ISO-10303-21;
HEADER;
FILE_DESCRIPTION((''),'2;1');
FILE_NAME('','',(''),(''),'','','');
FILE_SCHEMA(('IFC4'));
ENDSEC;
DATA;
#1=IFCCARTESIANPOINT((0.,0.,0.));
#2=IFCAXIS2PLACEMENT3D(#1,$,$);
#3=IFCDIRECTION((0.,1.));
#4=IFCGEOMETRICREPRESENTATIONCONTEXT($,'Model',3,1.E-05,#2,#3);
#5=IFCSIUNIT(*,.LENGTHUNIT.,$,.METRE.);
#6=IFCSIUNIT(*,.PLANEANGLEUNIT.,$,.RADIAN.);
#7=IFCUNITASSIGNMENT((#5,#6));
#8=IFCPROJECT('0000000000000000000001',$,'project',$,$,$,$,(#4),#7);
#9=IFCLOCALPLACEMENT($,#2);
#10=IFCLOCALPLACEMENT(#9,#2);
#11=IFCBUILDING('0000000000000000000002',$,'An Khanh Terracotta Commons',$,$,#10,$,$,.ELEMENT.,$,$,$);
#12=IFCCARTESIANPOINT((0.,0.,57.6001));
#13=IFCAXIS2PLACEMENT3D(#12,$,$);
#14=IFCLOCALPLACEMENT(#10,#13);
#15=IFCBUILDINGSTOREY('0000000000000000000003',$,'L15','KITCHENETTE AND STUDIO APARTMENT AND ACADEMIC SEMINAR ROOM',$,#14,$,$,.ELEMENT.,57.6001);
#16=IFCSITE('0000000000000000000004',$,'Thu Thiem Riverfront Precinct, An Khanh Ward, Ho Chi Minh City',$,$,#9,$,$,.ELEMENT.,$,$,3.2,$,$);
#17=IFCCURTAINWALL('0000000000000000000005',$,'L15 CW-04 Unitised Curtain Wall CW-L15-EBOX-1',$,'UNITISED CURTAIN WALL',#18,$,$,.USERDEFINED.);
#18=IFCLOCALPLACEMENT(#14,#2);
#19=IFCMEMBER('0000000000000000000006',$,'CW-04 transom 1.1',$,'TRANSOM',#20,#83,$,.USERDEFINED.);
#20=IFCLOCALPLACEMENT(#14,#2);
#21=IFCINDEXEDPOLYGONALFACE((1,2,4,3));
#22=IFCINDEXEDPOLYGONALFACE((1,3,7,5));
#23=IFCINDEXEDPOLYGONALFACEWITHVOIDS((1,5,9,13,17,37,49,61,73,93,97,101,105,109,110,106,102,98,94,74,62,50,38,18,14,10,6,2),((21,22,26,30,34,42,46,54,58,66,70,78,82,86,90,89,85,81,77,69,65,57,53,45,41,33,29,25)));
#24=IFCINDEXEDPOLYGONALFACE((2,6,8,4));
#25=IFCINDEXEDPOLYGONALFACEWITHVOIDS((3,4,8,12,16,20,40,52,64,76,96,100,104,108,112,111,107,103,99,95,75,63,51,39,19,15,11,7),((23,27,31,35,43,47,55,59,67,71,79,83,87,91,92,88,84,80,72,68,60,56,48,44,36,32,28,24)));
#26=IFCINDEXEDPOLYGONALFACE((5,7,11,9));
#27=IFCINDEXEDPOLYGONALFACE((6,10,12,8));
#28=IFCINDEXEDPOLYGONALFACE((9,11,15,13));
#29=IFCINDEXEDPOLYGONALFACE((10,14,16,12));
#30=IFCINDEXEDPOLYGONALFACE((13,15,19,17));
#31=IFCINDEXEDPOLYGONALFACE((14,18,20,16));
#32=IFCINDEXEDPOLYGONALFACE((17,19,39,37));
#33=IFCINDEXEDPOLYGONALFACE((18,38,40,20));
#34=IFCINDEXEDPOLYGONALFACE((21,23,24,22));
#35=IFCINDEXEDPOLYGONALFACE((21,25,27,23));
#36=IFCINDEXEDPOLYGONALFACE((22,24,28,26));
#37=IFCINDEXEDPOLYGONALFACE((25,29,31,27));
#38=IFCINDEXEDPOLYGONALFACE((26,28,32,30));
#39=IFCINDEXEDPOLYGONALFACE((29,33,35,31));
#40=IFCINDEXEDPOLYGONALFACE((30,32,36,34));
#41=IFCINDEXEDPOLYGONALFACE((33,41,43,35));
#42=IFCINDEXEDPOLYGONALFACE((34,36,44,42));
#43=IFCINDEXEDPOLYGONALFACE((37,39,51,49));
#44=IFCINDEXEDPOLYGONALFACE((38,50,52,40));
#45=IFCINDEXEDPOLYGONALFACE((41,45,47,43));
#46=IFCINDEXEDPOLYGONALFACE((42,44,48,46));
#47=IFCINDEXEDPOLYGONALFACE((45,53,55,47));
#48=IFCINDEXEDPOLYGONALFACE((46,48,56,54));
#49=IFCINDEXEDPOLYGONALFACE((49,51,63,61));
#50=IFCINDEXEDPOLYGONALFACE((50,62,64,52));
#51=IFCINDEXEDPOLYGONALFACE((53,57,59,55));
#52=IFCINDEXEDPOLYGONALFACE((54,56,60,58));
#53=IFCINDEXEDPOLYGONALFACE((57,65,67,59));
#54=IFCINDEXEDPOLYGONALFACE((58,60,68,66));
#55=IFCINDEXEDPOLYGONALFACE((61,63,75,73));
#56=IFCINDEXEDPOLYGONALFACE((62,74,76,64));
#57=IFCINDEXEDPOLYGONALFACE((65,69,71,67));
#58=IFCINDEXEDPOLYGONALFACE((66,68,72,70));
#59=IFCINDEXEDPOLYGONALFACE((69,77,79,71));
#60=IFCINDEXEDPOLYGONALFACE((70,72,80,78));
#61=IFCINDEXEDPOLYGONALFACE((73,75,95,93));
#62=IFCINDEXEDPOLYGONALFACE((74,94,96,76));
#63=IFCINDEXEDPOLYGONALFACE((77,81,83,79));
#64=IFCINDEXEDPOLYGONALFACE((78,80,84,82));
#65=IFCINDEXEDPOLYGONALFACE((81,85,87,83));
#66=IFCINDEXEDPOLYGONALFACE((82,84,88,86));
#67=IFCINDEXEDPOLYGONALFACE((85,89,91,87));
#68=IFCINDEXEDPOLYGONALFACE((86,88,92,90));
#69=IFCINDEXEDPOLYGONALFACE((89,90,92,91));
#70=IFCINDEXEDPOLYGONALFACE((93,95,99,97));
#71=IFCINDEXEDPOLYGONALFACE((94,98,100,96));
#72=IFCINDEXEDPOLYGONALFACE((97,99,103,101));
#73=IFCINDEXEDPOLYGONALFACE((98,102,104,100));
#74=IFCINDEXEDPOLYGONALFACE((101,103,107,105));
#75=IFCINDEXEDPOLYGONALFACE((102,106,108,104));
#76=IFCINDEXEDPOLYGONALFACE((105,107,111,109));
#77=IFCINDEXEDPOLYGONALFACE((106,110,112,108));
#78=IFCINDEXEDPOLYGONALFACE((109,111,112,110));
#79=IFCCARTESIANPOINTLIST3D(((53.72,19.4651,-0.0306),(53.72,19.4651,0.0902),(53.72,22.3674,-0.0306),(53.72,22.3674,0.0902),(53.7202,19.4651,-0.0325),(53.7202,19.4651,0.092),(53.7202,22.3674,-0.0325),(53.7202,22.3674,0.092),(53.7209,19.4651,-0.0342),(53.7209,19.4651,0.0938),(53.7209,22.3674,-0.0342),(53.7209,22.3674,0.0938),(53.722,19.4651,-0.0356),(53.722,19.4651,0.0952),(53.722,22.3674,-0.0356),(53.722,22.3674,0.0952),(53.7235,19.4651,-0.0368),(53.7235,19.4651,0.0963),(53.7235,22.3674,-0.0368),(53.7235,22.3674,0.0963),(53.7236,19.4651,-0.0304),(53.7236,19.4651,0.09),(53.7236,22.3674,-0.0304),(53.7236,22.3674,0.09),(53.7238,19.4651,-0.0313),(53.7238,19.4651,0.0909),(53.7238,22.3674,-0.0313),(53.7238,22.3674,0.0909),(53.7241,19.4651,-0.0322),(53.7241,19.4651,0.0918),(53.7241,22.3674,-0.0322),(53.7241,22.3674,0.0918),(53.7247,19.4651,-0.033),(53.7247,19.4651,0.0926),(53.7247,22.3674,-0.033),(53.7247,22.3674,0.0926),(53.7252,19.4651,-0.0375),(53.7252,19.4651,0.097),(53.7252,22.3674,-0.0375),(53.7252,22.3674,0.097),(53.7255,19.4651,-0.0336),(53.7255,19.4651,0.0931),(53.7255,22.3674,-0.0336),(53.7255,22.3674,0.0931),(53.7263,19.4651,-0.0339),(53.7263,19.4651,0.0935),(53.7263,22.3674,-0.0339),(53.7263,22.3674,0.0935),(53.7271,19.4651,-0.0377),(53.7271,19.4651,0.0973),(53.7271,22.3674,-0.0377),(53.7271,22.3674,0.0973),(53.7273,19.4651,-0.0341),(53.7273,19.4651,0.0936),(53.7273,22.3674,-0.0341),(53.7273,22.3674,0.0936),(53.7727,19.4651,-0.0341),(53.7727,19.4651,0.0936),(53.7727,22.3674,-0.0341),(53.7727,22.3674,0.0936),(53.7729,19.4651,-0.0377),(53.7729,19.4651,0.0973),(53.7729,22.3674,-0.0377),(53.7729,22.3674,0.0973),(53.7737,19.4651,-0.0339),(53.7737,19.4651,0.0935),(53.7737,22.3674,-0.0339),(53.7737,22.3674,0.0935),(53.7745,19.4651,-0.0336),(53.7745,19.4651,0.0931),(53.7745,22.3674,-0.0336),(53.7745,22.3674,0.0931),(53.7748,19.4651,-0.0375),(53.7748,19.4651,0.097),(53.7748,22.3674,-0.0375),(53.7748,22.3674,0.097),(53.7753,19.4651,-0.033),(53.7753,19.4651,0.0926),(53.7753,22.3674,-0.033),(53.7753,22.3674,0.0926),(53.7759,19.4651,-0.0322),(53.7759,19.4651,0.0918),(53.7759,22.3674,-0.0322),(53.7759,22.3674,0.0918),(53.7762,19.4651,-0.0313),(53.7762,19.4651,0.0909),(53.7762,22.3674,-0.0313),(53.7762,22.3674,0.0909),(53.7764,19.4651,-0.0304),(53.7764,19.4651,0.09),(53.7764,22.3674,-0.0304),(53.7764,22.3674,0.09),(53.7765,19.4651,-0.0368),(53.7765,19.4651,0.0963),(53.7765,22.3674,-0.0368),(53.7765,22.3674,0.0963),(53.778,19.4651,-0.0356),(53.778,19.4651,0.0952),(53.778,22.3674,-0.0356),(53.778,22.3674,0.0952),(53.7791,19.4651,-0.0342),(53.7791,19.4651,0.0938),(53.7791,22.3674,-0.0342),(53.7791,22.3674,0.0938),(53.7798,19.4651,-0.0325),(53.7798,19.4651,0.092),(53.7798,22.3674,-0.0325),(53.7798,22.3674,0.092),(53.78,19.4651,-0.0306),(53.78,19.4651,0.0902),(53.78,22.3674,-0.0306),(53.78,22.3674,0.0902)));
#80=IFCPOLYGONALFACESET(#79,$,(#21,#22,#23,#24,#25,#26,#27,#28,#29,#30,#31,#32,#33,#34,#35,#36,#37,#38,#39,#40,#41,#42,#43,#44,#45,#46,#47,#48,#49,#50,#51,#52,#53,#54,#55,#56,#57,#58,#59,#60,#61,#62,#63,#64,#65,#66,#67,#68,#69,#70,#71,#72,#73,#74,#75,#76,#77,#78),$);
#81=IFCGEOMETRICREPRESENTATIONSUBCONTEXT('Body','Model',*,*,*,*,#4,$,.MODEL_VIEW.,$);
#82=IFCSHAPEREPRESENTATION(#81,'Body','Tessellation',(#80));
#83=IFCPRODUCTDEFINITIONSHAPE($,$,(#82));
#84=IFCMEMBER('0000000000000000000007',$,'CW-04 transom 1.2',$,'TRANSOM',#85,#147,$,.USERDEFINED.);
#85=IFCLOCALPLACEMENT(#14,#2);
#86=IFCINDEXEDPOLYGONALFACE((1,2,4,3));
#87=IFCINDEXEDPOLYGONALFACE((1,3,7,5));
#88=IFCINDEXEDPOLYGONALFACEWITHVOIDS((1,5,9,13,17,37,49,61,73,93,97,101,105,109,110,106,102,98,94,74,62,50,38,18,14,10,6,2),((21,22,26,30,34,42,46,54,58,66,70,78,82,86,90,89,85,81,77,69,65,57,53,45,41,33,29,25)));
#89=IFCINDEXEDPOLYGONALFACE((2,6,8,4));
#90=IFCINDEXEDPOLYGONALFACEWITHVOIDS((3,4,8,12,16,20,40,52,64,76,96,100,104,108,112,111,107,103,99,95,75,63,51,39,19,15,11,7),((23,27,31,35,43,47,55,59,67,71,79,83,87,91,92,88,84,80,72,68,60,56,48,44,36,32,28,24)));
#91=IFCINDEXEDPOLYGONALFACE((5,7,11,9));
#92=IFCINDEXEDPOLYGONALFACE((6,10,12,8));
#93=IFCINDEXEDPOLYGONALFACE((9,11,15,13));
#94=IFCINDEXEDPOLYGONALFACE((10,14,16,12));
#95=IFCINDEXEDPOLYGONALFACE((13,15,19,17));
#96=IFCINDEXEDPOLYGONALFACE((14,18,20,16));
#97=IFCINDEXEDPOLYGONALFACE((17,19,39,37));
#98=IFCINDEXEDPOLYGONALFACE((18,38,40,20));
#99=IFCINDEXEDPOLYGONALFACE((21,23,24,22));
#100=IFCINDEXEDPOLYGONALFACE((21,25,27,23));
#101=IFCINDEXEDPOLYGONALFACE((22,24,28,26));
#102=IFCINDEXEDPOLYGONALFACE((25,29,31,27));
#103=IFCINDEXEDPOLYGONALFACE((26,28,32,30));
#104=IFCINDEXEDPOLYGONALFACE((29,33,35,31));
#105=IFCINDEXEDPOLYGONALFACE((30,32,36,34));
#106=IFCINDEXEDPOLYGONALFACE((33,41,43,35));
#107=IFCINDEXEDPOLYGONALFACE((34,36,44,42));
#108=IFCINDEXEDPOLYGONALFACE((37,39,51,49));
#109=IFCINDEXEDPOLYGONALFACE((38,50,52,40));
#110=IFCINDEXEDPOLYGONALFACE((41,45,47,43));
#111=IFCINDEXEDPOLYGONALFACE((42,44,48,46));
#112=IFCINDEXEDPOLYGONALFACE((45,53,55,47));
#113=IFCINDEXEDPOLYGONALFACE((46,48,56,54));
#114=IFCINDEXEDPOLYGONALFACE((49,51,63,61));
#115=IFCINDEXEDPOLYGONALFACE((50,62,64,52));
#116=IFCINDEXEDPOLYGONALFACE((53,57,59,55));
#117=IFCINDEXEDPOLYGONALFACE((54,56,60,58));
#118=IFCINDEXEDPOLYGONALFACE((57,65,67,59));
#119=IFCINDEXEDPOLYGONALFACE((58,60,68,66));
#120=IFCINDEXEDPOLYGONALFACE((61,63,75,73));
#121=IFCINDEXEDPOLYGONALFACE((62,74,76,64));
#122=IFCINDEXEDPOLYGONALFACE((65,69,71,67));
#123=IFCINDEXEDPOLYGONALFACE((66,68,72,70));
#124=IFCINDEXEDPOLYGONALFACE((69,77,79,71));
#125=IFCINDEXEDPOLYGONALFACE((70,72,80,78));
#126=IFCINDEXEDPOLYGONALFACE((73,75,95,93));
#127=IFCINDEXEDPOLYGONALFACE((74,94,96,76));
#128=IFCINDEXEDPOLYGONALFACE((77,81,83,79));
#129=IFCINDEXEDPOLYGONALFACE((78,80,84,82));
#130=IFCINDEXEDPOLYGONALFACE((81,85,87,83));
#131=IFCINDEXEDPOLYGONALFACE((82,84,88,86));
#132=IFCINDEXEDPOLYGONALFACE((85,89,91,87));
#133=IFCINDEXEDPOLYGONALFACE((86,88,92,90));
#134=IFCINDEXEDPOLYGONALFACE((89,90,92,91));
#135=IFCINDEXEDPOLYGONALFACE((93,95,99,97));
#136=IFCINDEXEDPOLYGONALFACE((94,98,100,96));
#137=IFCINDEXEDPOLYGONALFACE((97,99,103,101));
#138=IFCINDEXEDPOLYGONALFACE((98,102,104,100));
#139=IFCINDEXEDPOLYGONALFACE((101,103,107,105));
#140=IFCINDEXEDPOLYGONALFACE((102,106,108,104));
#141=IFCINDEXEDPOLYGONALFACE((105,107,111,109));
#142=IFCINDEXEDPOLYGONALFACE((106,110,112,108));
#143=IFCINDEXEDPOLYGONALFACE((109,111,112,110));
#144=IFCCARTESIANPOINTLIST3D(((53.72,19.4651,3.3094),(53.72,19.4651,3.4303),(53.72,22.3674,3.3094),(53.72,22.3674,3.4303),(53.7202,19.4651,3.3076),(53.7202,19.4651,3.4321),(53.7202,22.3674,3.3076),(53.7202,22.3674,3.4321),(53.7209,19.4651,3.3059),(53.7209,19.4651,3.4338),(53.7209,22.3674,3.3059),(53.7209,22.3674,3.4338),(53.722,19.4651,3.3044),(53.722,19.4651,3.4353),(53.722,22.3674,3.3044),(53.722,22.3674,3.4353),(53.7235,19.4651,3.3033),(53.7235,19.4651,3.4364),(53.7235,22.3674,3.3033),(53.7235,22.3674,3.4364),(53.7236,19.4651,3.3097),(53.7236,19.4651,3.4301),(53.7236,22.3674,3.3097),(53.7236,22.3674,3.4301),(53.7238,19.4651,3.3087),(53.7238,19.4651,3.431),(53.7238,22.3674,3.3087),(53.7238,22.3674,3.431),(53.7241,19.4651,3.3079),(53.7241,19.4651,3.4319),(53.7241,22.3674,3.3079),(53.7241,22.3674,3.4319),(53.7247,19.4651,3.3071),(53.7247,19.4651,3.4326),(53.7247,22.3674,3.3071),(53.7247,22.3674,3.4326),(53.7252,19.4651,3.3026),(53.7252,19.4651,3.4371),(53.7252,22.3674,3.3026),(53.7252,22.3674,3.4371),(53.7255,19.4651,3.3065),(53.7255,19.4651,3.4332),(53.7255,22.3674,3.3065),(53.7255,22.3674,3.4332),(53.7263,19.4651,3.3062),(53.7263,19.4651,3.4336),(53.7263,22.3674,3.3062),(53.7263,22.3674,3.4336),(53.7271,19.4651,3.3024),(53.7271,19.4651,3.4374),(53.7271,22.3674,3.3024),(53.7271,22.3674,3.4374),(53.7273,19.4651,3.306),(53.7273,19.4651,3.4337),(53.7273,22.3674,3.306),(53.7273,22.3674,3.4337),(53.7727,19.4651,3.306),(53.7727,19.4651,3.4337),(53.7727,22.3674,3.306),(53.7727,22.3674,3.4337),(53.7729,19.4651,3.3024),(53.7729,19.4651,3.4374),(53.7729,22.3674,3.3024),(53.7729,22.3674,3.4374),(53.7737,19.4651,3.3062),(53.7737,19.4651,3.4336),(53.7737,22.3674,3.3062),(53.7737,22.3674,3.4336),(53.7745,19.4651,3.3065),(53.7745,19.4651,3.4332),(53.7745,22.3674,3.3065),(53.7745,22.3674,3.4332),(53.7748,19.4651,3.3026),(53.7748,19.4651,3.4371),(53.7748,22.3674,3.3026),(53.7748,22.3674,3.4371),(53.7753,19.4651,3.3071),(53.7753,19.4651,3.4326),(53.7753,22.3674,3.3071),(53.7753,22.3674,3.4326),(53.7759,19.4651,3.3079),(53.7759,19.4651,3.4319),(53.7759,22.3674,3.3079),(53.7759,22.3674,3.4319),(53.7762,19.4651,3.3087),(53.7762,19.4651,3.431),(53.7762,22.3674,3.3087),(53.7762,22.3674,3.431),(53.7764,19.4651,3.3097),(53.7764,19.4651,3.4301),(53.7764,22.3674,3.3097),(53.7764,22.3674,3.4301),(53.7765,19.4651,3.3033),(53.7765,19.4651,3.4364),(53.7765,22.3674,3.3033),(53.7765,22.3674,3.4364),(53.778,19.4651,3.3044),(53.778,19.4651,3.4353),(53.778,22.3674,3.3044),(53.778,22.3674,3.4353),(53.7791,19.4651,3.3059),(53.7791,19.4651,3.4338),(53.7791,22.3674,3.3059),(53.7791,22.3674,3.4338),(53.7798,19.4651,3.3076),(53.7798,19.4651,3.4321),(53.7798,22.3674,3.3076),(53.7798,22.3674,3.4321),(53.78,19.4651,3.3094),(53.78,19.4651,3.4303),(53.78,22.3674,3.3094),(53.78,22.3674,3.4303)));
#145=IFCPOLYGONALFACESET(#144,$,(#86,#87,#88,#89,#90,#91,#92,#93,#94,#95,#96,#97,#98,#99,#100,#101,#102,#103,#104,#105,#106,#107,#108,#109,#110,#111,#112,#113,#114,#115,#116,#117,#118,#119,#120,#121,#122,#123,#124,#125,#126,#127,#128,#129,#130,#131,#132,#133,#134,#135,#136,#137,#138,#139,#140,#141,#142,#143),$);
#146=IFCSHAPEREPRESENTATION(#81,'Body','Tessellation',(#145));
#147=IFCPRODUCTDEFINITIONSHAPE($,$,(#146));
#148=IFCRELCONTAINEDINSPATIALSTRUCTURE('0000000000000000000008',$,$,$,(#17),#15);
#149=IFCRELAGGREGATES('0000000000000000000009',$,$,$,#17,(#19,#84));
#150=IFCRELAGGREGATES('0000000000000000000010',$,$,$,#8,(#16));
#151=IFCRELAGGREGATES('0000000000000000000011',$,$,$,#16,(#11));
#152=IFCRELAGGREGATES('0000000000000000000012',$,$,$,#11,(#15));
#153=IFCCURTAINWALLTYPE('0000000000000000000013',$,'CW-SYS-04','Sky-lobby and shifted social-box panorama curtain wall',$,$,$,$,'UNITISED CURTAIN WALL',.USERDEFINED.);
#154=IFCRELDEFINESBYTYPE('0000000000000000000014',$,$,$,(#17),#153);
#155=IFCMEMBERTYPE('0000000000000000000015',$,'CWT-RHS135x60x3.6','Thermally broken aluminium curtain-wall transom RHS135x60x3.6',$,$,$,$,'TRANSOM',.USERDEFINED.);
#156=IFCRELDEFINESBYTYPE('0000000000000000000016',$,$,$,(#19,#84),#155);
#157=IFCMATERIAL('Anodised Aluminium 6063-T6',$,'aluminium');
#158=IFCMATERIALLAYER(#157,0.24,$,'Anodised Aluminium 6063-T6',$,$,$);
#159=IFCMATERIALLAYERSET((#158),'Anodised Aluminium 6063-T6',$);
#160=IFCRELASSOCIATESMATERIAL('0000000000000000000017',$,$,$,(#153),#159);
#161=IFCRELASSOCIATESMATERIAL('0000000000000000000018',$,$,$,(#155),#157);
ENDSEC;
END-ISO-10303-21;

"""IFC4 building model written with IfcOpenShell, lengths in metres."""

from ifc_helpers import new_model, si_unit, direction, frame, origin, origin_2d, place, context, subcontext, project, spatial, hollow_rectangle, extrude, material, layer, layer_set, material_profile, profile_set, type_object, element, aggregate, save


model = new_model("IFC4")

# Units and contexts
model_context = context("Model", 3, precision=1e-05, world=origin(), true_north=direction((0.0, 1.0)))
body_context = subcontext(model_context, "Body", "Model", "MODEL_VIEW")
ifc_project = project(units=[si_unit("LENGTHUNIT", "METRE"), si_unit("PLANEANGLEUNIT", "RADIAN")], contexts=[model_context])

# Site, building, storey
site_placement = place(None, origin())
site = spatial("IfcSite", under=ifc_project, at=site_placement, Name="Thu Thiem Riverfront Precinct, An Khanh Ward, Ho Chi Minh City", CompositionType="ELEMENT", RefElevation=3.2)
building_placement = place(site_placement, origin())
building = spatial("IfcBuilding", under=site, at=building_placement, Name="An Khanh Terracotta Commons", CompositionType="ELEMENT")
storey_placement = place(building_placement, frame((0.0, 0.0, 57.6001)))
storey = spatial("IfcBuildingStorey", under=building, at=storey_placement, Name="L15", Description="KITCHENETTE AND STUDIO APARTMENT AND ACADEMIC SEMINAR ROOM", CompositionType="ELEMENT", Elevation=57.6001)

# Curtain wall
ifc_material_1 = material(Name="Anodised Aluminium 6063-T6", Category="aluminium")
ifc_layer_1 = layer(ifc_material_1, 0.24, Name="Anodised Aluminium 6063-T6")
ifc_layer_set_1 = layer_set([ifc_layer_1], Name="Anodised Aluminium 6063-T6")
curtain_wall_type = type_object("IfcCurtainWallType", Name="CW-SYS-04", Description="Sky-lobby and shifted social-box panorama curtain wall", ElementType="UNITISED CURTAIN WALL", PredefinedType="USERDEFINED", material=ifc_layer_set_1)
curtain_wall_1_placement = place(storey_placement, origin())
curtain_wall_1 = element("IfcCurtainWall", 1, at=curtain_wall_1_placement, inside=storey, type_object=curtain_wall_type, Name="L15 CW-04 Unitised Curtain Wall CW-L15-EBOX-1", ObjectType="UNITISED CURTAIN WALL", PredefinedType="USERDEFINED")

# Members
ifc_material_profile_1 = material_profile(ifc_material_1, hollow_rectangle(XDim=0.0601, YDim=0.135, WallThickness=0.0037, InnerFilletRadius=0.0037, OuterFilletRadius=0.0071, at=origin_2d()), Name="RHS135x60x3.6")
ifc_profile_set_1 = profile_set([ifc_material_profile_1], Name="Anodised Aluminium 6063-T6")
member_type_1 = type_object("IfcMemberType", Name="CWT-RHS135x60x3.6", Description="Thermally broken aluminium curtain-wall transom RHS135x60x3.6", ElementType="TRANSOM", PredefinedType="USERDEFINED", material=ifc_profile_set_1)
member_1_placement = place(storey_placement, frame((53.75, 19.4651, 0.0298), z_axis=(0.0, 1.0, 0.0), x_axis=(-1.0, 0.0, 0.0)))
member_1 = element("IfcMember", 2, at=member_1_placement, type_object=member_type_1, Name="CW-04 transom 1.1", ObjectType="TRANSOM", PredefinedType="USERDEFINED", context=body_context, shape_type="SweptSolid", body=[
    extrude(hollow_rectangle(XDim=0.0601, YDim=0.135, WallThickness=0.0037, InnerFilletRadius=0.0037, OuterFilletRadius=0.0071, at=origin_2d()), origin(), (0.0, 0.0, 1.0), 2.9023),
])
member_2_placement = place(storey_placement, frame((53.75, 19.4651, 3.3699), z_axis=(0.0, 1.0, 0.0), x_axis=(-1.0, 0.0, 0.0)))
member_2 = element("IfcMember", 3, at=member_2_placement, type_object=member_type_1, Name="CW-04 transom 1.2", ObjectType="TRANSOM", PredefinedType="USERDEFINED", context=body_context, shape_type="SweptSolid", body=[
    extrude(hollow_rectangle(XDim=0.0601, YDim=0.135, WallThickness=0.0037, InnerFilletRadius=0.0037, OuterFilletRadius=0.0071, at=origin_2d()), origin(), (0.0, 0.0, 1.0), 2.9023),
])

aggregate(curtain_wall_1, [member_1, member_2])

save(model, "model.ifc")
